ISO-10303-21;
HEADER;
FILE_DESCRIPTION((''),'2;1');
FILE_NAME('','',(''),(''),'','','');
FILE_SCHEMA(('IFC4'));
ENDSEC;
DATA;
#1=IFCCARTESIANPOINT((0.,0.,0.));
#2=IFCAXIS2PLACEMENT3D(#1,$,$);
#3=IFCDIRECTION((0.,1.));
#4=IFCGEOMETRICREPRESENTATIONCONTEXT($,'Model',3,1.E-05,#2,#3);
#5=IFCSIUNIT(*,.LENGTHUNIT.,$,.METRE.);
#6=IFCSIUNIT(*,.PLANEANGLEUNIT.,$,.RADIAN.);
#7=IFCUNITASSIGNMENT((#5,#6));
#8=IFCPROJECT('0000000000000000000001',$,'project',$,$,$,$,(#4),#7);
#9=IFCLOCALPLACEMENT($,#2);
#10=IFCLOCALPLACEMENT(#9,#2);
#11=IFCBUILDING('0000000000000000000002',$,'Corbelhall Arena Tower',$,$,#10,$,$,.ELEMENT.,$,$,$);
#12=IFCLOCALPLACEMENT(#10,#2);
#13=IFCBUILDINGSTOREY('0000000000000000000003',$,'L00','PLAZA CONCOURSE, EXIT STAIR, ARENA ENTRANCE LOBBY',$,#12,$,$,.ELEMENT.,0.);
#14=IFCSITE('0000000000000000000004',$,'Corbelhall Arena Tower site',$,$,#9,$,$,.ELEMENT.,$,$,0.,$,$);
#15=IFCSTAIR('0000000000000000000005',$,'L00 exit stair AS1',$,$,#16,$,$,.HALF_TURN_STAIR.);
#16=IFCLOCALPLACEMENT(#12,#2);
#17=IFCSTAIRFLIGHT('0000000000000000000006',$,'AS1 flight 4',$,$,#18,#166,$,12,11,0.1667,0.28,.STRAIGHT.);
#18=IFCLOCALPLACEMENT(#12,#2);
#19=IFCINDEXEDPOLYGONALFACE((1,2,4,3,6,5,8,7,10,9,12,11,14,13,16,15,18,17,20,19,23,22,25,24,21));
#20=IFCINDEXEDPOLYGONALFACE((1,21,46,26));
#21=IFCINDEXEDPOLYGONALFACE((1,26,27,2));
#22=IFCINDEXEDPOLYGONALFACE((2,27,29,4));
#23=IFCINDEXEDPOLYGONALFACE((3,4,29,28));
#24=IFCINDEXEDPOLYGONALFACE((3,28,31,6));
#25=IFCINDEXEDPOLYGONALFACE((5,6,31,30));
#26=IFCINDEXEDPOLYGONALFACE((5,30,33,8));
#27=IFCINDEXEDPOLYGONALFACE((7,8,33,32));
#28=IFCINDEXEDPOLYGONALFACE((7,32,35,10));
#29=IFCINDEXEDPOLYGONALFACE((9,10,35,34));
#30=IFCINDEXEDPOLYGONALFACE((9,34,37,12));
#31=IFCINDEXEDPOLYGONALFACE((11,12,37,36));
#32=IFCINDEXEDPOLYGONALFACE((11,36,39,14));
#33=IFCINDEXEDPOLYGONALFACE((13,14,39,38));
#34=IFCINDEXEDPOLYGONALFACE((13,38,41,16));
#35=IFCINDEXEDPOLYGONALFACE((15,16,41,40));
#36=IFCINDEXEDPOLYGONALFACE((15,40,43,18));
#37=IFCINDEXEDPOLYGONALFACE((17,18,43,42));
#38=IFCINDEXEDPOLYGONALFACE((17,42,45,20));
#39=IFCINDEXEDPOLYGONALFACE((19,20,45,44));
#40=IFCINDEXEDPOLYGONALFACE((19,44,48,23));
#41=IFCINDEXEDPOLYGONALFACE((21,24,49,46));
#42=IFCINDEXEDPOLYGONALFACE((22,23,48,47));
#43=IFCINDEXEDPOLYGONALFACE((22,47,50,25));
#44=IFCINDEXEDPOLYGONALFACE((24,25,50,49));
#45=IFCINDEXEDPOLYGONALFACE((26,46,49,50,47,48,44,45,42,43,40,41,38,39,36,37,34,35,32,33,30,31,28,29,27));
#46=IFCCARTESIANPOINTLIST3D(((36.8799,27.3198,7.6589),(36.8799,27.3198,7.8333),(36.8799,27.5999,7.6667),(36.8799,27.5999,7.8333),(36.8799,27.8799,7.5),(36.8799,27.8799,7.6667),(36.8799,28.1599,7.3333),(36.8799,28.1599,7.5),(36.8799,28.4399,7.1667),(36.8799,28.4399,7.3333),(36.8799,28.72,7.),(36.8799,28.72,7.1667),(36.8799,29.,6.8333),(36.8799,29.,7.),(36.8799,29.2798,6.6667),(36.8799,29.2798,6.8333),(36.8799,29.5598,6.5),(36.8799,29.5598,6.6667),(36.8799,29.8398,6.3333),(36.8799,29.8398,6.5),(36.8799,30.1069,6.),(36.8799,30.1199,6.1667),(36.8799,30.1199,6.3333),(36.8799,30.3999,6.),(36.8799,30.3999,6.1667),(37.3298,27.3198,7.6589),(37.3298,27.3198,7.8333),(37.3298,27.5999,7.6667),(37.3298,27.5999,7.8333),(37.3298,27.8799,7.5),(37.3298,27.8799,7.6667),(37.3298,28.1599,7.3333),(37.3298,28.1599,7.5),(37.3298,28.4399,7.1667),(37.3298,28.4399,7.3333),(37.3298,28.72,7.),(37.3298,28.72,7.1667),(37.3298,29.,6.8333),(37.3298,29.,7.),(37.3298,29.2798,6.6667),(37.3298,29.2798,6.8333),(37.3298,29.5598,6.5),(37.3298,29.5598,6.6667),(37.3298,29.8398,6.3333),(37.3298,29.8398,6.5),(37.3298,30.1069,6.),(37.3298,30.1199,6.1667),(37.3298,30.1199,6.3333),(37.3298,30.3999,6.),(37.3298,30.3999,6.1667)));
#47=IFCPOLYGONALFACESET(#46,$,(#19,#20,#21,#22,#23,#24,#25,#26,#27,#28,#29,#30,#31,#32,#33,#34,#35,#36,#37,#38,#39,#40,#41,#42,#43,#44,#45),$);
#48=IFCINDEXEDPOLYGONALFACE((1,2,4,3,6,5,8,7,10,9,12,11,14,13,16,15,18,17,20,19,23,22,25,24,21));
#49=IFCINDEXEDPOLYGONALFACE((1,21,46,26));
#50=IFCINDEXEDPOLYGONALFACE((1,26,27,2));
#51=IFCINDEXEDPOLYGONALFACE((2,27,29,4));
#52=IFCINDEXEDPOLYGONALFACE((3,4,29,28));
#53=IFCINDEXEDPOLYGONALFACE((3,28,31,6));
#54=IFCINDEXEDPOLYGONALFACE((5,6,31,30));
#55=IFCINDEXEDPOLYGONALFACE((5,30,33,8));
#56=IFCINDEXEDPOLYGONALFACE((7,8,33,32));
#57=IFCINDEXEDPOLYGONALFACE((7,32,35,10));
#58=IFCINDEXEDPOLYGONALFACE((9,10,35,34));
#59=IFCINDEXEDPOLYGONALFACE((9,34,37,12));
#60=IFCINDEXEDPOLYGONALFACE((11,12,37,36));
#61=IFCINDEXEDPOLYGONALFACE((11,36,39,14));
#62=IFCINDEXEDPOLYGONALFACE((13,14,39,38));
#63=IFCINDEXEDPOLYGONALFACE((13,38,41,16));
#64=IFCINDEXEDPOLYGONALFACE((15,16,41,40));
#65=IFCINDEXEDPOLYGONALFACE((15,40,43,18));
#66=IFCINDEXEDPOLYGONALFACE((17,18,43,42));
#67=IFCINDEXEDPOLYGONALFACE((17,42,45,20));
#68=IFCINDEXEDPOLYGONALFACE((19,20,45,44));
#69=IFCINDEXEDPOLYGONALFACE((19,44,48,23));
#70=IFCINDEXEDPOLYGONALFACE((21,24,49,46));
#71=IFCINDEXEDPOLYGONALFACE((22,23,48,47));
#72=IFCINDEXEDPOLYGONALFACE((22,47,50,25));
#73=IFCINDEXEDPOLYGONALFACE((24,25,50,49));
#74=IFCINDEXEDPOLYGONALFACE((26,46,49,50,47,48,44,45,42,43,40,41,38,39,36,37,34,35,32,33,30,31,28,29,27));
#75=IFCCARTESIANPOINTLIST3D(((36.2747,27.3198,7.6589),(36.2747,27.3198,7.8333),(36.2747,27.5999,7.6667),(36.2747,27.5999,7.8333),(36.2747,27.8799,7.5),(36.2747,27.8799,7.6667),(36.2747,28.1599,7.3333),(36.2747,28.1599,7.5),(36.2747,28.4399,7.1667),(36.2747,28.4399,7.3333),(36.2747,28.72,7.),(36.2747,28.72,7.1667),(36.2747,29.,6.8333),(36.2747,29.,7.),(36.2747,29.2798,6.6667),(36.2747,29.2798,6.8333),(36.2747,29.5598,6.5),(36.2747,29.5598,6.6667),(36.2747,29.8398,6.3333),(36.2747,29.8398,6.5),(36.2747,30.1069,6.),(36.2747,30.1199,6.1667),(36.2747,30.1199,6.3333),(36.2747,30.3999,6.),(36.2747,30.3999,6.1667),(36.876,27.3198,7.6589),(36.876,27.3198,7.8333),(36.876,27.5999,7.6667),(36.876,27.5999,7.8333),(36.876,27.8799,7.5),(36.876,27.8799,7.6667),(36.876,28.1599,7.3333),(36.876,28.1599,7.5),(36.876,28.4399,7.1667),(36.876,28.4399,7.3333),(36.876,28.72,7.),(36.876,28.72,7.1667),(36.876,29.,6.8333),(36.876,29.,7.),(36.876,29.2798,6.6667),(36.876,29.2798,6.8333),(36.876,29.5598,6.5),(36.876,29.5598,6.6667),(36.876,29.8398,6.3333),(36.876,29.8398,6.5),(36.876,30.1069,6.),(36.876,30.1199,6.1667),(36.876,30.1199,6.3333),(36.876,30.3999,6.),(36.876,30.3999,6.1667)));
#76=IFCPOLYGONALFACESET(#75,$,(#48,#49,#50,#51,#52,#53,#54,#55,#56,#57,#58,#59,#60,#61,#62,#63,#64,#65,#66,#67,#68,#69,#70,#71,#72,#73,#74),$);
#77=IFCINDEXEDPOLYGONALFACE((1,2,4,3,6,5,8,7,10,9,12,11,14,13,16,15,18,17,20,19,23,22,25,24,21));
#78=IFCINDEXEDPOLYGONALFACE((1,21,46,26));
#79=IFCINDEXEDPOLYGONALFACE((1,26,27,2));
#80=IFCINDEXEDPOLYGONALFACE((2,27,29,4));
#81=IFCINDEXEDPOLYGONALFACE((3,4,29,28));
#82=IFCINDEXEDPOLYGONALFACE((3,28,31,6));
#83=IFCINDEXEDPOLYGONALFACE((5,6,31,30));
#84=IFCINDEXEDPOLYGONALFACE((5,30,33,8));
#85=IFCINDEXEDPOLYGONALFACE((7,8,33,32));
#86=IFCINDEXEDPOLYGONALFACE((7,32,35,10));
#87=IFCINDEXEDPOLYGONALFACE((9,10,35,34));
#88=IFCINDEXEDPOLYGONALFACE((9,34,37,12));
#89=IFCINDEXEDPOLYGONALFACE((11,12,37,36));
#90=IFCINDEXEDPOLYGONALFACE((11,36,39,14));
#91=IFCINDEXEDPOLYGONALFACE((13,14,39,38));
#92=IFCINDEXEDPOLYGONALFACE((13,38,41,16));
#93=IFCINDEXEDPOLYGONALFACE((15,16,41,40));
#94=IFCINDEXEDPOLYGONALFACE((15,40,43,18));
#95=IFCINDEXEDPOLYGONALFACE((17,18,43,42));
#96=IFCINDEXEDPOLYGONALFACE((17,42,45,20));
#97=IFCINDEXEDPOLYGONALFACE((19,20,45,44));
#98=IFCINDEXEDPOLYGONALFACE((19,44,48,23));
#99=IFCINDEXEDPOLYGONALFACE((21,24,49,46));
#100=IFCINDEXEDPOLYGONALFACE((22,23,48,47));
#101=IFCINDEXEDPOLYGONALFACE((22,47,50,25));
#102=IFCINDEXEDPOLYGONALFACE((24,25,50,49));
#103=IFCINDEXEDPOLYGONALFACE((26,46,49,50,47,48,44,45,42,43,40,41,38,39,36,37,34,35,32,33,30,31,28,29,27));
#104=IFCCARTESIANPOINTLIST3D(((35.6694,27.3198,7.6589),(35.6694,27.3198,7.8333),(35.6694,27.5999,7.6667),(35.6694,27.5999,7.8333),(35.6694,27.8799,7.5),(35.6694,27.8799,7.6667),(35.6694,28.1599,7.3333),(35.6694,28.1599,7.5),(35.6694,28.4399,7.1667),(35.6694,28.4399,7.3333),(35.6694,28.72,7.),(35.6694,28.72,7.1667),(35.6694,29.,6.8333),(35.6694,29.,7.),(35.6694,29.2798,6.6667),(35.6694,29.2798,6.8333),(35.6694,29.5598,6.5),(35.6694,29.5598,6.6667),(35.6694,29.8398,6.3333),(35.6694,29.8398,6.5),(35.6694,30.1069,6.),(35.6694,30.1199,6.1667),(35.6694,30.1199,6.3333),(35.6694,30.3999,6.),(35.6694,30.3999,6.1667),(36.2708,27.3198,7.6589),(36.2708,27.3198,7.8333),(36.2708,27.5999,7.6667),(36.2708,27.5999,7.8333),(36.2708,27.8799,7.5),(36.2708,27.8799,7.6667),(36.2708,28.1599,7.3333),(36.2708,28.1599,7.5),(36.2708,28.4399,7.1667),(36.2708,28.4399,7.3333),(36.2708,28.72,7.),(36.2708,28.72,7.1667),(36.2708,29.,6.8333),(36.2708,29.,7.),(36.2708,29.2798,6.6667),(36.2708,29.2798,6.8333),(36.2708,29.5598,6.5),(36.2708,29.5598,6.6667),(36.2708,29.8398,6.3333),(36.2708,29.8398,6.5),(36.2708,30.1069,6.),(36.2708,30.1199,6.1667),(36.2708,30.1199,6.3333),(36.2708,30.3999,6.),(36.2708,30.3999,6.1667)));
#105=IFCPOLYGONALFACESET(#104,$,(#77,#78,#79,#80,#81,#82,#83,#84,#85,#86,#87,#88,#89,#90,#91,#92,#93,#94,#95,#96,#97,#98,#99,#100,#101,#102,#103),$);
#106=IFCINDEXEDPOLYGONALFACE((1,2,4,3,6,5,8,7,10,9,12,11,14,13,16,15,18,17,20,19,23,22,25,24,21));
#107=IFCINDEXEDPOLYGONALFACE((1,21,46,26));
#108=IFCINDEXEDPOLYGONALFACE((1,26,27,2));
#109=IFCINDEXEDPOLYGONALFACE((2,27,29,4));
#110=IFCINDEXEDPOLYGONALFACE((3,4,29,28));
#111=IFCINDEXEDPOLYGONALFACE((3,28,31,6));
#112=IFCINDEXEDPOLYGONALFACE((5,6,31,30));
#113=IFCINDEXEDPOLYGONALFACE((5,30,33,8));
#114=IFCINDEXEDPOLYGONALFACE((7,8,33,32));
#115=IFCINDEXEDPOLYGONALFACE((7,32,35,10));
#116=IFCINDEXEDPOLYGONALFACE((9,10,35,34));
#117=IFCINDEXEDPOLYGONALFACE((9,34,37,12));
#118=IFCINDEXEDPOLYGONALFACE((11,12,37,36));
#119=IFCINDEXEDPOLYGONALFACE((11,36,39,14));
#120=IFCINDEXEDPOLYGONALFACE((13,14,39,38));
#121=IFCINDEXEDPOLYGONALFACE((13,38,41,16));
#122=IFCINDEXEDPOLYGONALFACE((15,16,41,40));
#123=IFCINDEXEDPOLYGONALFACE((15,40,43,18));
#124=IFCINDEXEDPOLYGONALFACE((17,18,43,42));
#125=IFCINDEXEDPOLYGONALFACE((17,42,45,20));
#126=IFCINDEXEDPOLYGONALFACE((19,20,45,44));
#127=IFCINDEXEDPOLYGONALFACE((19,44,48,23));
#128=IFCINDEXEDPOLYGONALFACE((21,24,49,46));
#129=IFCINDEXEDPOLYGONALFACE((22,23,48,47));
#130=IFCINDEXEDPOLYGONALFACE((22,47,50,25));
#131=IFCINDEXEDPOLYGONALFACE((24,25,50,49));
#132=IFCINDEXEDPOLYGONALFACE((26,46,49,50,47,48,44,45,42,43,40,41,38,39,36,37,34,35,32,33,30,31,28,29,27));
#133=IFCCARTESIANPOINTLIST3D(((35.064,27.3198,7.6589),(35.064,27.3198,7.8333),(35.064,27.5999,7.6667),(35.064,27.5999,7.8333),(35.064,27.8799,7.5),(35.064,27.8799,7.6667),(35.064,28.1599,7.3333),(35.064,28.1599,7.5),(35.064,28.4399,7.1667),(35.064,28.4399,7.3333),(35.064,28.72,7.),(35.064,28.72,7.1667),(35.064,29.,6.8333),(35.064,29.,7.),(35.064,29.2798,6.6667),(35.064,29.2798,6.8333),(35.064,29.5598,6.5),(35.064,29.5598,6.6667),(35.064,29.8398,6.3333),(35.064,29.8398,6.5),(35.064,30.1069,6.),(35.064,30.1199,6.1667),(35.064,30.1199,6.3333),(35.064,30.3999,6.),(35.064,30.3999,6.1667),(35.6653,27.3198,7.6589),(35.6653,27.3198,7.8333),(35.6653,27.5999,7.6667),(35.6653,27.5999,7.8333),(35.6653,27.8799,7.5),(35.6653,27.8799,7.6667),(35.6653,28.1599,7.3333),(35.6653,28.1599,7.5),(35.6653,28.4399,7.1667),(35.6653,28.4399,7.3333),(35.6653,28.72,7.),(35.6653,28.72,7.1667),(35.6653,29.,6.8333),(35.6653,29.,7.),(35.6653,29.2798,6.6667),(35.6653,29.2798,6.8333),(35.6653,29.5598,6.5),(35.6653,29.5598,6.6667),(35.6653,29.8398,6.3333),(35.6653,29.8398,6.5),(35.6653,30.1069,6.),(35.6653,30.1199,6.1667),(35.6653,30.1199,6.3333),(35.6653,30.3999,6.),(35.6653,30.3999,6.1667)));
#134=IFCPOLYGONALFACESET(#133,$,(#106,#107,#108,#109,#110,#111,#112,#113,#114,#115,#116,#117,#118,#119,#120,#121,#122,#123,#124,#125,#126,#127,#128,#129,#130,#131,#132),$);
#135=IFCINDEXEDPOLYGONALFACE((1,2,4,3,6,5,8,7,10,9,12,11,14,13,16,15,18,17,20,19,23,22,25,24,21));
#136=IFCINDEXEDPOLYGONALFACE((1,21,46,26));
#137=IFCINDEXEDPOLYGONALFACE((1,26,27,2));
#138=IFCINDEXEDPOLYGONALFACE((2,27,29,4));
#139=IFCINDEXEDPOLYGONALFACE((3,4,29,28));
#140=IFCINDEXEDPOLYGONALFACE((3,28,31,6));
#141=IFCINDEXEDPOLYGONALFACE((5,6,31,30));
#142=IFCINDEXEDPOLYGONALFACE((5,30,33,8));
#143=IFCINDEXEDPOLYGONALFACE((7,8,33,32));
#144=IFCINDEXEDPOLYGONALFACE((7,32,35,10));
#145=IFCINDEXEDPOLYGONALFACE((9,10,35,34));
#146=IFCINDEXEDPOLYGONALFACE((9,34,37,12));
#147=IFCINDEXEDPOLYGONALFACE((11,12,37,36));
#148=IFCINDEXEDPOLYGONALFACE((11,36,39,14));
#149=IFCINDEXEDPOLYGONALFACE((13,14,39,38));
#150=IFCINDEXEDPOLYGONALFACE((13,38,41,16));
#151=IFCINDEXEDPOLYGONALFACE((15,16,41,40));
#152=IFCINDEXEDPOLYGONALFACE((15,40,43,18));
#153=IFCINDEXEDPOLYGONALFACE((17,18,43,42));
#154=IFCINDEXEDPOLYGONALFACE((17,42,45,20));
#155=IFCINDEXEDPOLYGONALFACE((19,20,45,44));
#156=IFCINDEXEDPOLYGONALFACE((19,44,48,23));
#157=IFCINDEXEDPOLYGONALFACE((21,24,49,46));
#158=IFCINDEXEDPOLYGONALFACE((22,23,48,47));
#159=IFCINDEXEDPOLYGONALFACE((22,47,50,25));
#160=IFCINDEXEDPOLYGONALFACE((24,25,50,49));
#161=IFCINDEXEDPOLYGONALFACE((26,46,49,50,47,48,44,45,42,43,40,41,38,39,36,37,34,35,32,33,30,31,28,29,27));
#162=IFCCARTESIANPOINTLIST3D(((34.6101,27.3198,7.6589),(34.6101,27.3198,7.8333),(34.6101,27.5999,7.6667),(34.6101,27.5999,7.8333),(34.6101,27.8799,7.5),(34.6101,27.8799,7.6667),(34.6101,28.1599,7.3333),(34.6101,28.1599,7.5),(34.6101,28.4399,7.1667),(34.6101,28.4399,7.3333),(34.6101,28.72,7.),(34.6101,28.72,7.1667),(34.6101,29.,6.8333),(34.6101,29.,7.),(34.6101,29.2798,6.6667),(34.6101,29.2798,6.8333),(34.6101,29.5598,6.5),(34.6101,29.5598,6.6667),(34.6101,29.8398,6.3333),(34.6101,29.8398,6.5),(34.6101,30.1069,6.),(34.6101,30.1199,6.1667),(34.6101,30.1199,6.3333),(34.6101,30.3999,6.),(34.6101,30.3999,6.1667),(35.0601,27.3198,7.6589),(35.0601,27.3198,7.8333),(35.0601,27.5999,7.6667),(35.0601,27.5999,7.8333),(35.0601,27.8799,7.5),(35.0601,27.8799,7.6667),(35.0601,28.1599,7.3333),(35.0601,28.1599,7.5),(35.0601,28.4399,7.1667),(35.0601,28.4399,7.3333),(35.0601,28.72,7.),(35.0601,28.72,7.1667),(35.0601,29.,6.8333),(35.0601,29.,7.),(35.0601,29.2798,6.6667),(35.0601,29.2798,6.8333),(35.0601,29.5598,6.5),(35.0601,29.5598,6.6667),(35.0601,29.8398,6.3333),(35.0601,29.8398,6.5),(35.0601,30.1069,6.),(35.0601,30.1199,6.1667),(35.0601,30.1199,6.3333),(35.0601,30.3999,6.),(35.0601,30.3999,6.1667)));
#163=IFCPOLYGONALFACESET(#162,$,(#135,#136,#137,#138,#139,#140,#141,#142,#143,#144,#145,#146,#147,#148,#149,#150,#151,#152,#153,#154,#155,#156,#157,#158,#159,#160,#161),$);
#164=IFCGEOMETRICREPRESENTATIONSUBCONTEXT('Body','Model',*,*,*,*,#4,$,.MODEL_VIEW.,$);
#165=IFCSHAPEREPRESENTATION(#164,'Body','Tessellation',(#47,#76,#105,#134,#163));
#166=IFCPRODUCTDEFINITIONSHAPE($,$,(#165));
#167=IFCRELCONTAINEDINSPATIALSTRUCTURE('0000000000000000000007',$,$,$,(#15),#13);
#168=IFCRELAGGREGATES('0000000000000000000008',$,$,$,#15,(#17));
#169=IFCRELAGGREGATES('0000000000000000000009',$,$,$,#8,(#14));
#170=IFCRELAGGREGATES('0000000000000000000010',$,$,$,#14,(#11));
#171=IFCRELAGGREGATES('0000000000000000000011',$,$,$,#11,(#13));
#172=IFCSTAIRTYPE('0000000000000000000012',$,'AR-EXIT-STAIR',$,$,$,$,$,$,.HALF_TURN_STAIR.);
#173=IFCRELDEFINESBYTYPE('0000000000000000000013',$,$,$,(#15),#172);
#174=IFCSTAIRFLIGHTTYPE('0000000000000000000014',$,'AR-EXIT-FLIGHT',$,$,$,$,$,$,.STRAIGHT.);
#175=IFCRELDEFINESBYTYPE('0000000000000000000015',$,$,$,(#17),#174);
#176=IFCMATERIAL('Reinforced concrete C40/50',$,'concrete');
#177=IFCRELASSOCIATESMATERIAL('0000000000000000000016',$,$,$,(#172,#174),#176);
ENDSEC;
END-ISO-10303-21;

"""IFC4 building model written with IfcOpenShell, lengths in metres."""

from ifc_helpers import new_model, si_unit, direction, frame, origin, place, context, subcontext, project, spatial, polyline, outline, extrude, material, type_object, element, aggregate, save


model = new_model("IFC4")

# Units and contexts
model_context = context("Model", 3, precision=1e-05, world=origin(), true_north=direction((0.0, 1.0)))
body_context = subcontext(model_context, "Body", "Model", "MODEL_VIEW")
ifc_project = project(units=[si_unit("LENGTHUNIT", "METRE"), si_unit("PLANEANGLEUNIT", "RADIAN")], contexts=[model_context])

# Site, building, storey
site_placement = place(None, origin())
site = spatial("IfcSite", under=ifc_project, at=site_placement, Name="Corbelhall Arena Tower site", CompositionType="ELEMENT", RefElevation=0.0)
building_placement = place(site_placement, origin())
building = spatial("IfcBuilding", under=site, at=building_placement, Name="Corbelhall Arena Tower", CompositionType="ELEMENT")
storey_placement = place(building_placement, origin())
storey = spatial("IfcBuildingStorey", under=building, at=storey_placement, Name="L00", Description="PLAZA CONCOURSE, EXIT STAIR, ARENA ENTRANCE LOBBY", CompositionType="ELEMENT", Elevation=0.0)

# Shared definitions
ifc_material_1 = material(Name="Reinforced concrete C40/50", Category="concrete")

# Stair, stair flight
stair_type = type_object("IfcStairType", Name="AR-EXIT-STAIR", PredefinedType="HALF_TURN_STAIR", material=ifc_material_1)
stair_1_placement = place(storey_placement, origin())
stair_1 = element("IfcStair", 1, at=stair_1_placement, inside=storey, type_object=stair_type, Name="L00 exit stair AS1", PredefinedType="HALF_TURN_STAIR")
stair_flight_type = type_object("IfcStairFlightType", Name="AR-EXIT-FLIGHT", PredefinedType="STRAIGHT", material=ifc_material_1)
stair_flight_1_placement = place(storey_placement, frame((35.97, 30.3999, 6.0), z_axis=(0.0, 0.0, 1.0), x_axis=(0.0, -1.0, 0.0)))
stair_flight_1 = element("IfcStairFlight", 2, at=stair_flight_1_placement, type_object=stair_flight_type, Name="AS1 flight 4", NumberOfRisers=12, NumberOfTreads=11, PredefinedType="STRAIGHT", RiserHeight=0.1667, TreadLength=0.28, context=body_context, shape_type="SweptSolid", body=[
    extrude(outline(polyline([(0.0, 0.0), (0.0, 0.1667), (0.28, 0.1667), (0.28, 0.3333), (0.5601, 0.3333), (0.5601, 0.5), (0.8401, 0.5), (0.8401, 0.6667), (1.1201, 0.6667), (1.1201, 0.8333), (1.3999, 0.8333), (1.3999, 1.0), (1.6799, 1.0), (1.6799, 1.1667), (1.96, 1.1667), (1.96, 1.3333), (2.24, 1.3333), (2.24, 1.5), (2.52, 1.5), (2.52, 1.6667), (2.8, 1.6667), (2.8, 1.8333), (3.0801, 1.8333), (3.0801, 2.0), (3.0801, 1.6589), (0.293, 0.0), (0.0, 0.0)])), frame((0.0, 1.3599, 0.0), z_axis=(0.0, -1.0, 0.0), x_axis=(1.0, 0.0, 0.0)), (0.0, 0.0, 1.0), 0.45),
    extrude(outline(polyline([(0.0, 0.0), (0.0, 0.1667), (0.28, 0.1667), (0.28, 0.3333), (0.5601, 0.3333), (0.5601, 0.5), (0.8401, 0.5), (0.8401, 0.6667), (1.1201, 0.6667), (1.1201, 0.8333), (1.3999, 0.8333), (1.3999, 1.0), (1.6799, 1.0), (1.6799, 1.1667), (1.96, 1.1667), (1.96, 1.3333), (2.24, 1.3333), (2.24, 1.5), (2.52, 1.5), (2.52, 1.6667), (2.8, 1.6667), (2.8, 1.8333), (3.0801, 1.8333), (3.0801, 2.0), (3.0801, 1.6589), (0.293, 0.0), (0.0, 0.0)])), frame((0.0, 0.906, 0.0), z_axis=(0.0, -1.0, 0.0), x_axis=(1.0, 0.0, 0.0)), (0.0, 0.0, 1.0), 0.6013),
    extrude(outline(polyline([(0.0, 0.0), (0.0, 0.1667), (0.28, 0.1667), (0.28, 0.3333), (0.5601, 0.3333), (0.5601, 0.5), (0.8401, 0.5), (0.8401, 0.6667), (1.1201, 0.6667), (1.1201, 0.8333), (1.3999, 0.8333), (1.3999, 1.0), (1.6799, 1.0), (1.6799, 1.1667), (1.96, 1.1667), (1.96, 1.3333), (2.24, 1.3333), (2.24, 1.5), (2.52, 1.5), (2.52, 1.6667), (2.8, 1.6667), (2.8, 1.8333), (3.0801, 1.8333), (3.0801, 2.0), (3.0801, 1.6589), (0.293, 0.0), (0.0, 0.0)])), frame((0.0, 0.3008, 0.0), z_axis=(0.0, -1.0, 0.0), x_axis=(1.0, 0.0, 0.0)), (0.0, 0.0, 1.0), 0.6013),
    extrude(outline(polyline([(0.0, 0.0), (0.0, 0.1667), (0.28, 0.1667), (0.28, 0.3333), (0.5601, 0.3333), (0.5601, 0.5), (0.8401, 0.5), (0.8401, 0.6667), (1.1201, 0.6667), (1.1201, 0.8333), (1.3999, 0.8333), (1.3999, 1.0), (1.6799, 1.0), (1.6799, 1.1667), (1.96, 1.1667), (1.96, 1.3333), (2.24, 1.3333), (2.24, 1.5), (2.52, 1.5), (2.52, 1.6667), (2.8, 1.6667), (2.8, 1.8333), (3.0801, 1.8333), (3.0801, 2.0), (3.0801, 1.6589), (0.293, 0.0), (0.0, 0.0)])), frame((0.0, -0.3047, 0.0), z_axis=(0.0, -1.0, 0.0), x_axis=(1.0, 0.0, 0.0)), (0.0, 0.0, 1.0), 0.6013),
    extrude(outline(polyline([(0.0, 0.0), (0.0, 0.1667), (0.28, 0.1667), (0.28, 0.3333), (0.5601, 0.3333), (0.5601, 0.5), (0.8401, 0.5), (0.8401, 0.6667), (1.1201, 0.6667), (1.1201, 0.8333), (1.3999, 0.8333), (1.3999, 1.0), (1.6799, 1.0), (1.6799, 1.1667), (1.96, 1.1667), (1.96, 1.3333), (2.24, 1.3333), (2.24, 1.5), (2.52, 1.5), (2.52, 1.6667), (2.8, 1.6667), (2.8, 1.8333), (3.0801, 1.8333), (3.0801, 2.0), (3.0801, 1.6589), (0.293, 0.0), (0.0, 0.0)])), frame((0.0, -0.9099, 0.0), z_axis=(0.0, -1.0, 0.0), x_axis=(1.0, 0.0, 0.0)), (0.0, 0.0, 1.0), 0.45),
])
aggregate(stair_1, [stair_flight_1])

save(model, "model.ifc")
